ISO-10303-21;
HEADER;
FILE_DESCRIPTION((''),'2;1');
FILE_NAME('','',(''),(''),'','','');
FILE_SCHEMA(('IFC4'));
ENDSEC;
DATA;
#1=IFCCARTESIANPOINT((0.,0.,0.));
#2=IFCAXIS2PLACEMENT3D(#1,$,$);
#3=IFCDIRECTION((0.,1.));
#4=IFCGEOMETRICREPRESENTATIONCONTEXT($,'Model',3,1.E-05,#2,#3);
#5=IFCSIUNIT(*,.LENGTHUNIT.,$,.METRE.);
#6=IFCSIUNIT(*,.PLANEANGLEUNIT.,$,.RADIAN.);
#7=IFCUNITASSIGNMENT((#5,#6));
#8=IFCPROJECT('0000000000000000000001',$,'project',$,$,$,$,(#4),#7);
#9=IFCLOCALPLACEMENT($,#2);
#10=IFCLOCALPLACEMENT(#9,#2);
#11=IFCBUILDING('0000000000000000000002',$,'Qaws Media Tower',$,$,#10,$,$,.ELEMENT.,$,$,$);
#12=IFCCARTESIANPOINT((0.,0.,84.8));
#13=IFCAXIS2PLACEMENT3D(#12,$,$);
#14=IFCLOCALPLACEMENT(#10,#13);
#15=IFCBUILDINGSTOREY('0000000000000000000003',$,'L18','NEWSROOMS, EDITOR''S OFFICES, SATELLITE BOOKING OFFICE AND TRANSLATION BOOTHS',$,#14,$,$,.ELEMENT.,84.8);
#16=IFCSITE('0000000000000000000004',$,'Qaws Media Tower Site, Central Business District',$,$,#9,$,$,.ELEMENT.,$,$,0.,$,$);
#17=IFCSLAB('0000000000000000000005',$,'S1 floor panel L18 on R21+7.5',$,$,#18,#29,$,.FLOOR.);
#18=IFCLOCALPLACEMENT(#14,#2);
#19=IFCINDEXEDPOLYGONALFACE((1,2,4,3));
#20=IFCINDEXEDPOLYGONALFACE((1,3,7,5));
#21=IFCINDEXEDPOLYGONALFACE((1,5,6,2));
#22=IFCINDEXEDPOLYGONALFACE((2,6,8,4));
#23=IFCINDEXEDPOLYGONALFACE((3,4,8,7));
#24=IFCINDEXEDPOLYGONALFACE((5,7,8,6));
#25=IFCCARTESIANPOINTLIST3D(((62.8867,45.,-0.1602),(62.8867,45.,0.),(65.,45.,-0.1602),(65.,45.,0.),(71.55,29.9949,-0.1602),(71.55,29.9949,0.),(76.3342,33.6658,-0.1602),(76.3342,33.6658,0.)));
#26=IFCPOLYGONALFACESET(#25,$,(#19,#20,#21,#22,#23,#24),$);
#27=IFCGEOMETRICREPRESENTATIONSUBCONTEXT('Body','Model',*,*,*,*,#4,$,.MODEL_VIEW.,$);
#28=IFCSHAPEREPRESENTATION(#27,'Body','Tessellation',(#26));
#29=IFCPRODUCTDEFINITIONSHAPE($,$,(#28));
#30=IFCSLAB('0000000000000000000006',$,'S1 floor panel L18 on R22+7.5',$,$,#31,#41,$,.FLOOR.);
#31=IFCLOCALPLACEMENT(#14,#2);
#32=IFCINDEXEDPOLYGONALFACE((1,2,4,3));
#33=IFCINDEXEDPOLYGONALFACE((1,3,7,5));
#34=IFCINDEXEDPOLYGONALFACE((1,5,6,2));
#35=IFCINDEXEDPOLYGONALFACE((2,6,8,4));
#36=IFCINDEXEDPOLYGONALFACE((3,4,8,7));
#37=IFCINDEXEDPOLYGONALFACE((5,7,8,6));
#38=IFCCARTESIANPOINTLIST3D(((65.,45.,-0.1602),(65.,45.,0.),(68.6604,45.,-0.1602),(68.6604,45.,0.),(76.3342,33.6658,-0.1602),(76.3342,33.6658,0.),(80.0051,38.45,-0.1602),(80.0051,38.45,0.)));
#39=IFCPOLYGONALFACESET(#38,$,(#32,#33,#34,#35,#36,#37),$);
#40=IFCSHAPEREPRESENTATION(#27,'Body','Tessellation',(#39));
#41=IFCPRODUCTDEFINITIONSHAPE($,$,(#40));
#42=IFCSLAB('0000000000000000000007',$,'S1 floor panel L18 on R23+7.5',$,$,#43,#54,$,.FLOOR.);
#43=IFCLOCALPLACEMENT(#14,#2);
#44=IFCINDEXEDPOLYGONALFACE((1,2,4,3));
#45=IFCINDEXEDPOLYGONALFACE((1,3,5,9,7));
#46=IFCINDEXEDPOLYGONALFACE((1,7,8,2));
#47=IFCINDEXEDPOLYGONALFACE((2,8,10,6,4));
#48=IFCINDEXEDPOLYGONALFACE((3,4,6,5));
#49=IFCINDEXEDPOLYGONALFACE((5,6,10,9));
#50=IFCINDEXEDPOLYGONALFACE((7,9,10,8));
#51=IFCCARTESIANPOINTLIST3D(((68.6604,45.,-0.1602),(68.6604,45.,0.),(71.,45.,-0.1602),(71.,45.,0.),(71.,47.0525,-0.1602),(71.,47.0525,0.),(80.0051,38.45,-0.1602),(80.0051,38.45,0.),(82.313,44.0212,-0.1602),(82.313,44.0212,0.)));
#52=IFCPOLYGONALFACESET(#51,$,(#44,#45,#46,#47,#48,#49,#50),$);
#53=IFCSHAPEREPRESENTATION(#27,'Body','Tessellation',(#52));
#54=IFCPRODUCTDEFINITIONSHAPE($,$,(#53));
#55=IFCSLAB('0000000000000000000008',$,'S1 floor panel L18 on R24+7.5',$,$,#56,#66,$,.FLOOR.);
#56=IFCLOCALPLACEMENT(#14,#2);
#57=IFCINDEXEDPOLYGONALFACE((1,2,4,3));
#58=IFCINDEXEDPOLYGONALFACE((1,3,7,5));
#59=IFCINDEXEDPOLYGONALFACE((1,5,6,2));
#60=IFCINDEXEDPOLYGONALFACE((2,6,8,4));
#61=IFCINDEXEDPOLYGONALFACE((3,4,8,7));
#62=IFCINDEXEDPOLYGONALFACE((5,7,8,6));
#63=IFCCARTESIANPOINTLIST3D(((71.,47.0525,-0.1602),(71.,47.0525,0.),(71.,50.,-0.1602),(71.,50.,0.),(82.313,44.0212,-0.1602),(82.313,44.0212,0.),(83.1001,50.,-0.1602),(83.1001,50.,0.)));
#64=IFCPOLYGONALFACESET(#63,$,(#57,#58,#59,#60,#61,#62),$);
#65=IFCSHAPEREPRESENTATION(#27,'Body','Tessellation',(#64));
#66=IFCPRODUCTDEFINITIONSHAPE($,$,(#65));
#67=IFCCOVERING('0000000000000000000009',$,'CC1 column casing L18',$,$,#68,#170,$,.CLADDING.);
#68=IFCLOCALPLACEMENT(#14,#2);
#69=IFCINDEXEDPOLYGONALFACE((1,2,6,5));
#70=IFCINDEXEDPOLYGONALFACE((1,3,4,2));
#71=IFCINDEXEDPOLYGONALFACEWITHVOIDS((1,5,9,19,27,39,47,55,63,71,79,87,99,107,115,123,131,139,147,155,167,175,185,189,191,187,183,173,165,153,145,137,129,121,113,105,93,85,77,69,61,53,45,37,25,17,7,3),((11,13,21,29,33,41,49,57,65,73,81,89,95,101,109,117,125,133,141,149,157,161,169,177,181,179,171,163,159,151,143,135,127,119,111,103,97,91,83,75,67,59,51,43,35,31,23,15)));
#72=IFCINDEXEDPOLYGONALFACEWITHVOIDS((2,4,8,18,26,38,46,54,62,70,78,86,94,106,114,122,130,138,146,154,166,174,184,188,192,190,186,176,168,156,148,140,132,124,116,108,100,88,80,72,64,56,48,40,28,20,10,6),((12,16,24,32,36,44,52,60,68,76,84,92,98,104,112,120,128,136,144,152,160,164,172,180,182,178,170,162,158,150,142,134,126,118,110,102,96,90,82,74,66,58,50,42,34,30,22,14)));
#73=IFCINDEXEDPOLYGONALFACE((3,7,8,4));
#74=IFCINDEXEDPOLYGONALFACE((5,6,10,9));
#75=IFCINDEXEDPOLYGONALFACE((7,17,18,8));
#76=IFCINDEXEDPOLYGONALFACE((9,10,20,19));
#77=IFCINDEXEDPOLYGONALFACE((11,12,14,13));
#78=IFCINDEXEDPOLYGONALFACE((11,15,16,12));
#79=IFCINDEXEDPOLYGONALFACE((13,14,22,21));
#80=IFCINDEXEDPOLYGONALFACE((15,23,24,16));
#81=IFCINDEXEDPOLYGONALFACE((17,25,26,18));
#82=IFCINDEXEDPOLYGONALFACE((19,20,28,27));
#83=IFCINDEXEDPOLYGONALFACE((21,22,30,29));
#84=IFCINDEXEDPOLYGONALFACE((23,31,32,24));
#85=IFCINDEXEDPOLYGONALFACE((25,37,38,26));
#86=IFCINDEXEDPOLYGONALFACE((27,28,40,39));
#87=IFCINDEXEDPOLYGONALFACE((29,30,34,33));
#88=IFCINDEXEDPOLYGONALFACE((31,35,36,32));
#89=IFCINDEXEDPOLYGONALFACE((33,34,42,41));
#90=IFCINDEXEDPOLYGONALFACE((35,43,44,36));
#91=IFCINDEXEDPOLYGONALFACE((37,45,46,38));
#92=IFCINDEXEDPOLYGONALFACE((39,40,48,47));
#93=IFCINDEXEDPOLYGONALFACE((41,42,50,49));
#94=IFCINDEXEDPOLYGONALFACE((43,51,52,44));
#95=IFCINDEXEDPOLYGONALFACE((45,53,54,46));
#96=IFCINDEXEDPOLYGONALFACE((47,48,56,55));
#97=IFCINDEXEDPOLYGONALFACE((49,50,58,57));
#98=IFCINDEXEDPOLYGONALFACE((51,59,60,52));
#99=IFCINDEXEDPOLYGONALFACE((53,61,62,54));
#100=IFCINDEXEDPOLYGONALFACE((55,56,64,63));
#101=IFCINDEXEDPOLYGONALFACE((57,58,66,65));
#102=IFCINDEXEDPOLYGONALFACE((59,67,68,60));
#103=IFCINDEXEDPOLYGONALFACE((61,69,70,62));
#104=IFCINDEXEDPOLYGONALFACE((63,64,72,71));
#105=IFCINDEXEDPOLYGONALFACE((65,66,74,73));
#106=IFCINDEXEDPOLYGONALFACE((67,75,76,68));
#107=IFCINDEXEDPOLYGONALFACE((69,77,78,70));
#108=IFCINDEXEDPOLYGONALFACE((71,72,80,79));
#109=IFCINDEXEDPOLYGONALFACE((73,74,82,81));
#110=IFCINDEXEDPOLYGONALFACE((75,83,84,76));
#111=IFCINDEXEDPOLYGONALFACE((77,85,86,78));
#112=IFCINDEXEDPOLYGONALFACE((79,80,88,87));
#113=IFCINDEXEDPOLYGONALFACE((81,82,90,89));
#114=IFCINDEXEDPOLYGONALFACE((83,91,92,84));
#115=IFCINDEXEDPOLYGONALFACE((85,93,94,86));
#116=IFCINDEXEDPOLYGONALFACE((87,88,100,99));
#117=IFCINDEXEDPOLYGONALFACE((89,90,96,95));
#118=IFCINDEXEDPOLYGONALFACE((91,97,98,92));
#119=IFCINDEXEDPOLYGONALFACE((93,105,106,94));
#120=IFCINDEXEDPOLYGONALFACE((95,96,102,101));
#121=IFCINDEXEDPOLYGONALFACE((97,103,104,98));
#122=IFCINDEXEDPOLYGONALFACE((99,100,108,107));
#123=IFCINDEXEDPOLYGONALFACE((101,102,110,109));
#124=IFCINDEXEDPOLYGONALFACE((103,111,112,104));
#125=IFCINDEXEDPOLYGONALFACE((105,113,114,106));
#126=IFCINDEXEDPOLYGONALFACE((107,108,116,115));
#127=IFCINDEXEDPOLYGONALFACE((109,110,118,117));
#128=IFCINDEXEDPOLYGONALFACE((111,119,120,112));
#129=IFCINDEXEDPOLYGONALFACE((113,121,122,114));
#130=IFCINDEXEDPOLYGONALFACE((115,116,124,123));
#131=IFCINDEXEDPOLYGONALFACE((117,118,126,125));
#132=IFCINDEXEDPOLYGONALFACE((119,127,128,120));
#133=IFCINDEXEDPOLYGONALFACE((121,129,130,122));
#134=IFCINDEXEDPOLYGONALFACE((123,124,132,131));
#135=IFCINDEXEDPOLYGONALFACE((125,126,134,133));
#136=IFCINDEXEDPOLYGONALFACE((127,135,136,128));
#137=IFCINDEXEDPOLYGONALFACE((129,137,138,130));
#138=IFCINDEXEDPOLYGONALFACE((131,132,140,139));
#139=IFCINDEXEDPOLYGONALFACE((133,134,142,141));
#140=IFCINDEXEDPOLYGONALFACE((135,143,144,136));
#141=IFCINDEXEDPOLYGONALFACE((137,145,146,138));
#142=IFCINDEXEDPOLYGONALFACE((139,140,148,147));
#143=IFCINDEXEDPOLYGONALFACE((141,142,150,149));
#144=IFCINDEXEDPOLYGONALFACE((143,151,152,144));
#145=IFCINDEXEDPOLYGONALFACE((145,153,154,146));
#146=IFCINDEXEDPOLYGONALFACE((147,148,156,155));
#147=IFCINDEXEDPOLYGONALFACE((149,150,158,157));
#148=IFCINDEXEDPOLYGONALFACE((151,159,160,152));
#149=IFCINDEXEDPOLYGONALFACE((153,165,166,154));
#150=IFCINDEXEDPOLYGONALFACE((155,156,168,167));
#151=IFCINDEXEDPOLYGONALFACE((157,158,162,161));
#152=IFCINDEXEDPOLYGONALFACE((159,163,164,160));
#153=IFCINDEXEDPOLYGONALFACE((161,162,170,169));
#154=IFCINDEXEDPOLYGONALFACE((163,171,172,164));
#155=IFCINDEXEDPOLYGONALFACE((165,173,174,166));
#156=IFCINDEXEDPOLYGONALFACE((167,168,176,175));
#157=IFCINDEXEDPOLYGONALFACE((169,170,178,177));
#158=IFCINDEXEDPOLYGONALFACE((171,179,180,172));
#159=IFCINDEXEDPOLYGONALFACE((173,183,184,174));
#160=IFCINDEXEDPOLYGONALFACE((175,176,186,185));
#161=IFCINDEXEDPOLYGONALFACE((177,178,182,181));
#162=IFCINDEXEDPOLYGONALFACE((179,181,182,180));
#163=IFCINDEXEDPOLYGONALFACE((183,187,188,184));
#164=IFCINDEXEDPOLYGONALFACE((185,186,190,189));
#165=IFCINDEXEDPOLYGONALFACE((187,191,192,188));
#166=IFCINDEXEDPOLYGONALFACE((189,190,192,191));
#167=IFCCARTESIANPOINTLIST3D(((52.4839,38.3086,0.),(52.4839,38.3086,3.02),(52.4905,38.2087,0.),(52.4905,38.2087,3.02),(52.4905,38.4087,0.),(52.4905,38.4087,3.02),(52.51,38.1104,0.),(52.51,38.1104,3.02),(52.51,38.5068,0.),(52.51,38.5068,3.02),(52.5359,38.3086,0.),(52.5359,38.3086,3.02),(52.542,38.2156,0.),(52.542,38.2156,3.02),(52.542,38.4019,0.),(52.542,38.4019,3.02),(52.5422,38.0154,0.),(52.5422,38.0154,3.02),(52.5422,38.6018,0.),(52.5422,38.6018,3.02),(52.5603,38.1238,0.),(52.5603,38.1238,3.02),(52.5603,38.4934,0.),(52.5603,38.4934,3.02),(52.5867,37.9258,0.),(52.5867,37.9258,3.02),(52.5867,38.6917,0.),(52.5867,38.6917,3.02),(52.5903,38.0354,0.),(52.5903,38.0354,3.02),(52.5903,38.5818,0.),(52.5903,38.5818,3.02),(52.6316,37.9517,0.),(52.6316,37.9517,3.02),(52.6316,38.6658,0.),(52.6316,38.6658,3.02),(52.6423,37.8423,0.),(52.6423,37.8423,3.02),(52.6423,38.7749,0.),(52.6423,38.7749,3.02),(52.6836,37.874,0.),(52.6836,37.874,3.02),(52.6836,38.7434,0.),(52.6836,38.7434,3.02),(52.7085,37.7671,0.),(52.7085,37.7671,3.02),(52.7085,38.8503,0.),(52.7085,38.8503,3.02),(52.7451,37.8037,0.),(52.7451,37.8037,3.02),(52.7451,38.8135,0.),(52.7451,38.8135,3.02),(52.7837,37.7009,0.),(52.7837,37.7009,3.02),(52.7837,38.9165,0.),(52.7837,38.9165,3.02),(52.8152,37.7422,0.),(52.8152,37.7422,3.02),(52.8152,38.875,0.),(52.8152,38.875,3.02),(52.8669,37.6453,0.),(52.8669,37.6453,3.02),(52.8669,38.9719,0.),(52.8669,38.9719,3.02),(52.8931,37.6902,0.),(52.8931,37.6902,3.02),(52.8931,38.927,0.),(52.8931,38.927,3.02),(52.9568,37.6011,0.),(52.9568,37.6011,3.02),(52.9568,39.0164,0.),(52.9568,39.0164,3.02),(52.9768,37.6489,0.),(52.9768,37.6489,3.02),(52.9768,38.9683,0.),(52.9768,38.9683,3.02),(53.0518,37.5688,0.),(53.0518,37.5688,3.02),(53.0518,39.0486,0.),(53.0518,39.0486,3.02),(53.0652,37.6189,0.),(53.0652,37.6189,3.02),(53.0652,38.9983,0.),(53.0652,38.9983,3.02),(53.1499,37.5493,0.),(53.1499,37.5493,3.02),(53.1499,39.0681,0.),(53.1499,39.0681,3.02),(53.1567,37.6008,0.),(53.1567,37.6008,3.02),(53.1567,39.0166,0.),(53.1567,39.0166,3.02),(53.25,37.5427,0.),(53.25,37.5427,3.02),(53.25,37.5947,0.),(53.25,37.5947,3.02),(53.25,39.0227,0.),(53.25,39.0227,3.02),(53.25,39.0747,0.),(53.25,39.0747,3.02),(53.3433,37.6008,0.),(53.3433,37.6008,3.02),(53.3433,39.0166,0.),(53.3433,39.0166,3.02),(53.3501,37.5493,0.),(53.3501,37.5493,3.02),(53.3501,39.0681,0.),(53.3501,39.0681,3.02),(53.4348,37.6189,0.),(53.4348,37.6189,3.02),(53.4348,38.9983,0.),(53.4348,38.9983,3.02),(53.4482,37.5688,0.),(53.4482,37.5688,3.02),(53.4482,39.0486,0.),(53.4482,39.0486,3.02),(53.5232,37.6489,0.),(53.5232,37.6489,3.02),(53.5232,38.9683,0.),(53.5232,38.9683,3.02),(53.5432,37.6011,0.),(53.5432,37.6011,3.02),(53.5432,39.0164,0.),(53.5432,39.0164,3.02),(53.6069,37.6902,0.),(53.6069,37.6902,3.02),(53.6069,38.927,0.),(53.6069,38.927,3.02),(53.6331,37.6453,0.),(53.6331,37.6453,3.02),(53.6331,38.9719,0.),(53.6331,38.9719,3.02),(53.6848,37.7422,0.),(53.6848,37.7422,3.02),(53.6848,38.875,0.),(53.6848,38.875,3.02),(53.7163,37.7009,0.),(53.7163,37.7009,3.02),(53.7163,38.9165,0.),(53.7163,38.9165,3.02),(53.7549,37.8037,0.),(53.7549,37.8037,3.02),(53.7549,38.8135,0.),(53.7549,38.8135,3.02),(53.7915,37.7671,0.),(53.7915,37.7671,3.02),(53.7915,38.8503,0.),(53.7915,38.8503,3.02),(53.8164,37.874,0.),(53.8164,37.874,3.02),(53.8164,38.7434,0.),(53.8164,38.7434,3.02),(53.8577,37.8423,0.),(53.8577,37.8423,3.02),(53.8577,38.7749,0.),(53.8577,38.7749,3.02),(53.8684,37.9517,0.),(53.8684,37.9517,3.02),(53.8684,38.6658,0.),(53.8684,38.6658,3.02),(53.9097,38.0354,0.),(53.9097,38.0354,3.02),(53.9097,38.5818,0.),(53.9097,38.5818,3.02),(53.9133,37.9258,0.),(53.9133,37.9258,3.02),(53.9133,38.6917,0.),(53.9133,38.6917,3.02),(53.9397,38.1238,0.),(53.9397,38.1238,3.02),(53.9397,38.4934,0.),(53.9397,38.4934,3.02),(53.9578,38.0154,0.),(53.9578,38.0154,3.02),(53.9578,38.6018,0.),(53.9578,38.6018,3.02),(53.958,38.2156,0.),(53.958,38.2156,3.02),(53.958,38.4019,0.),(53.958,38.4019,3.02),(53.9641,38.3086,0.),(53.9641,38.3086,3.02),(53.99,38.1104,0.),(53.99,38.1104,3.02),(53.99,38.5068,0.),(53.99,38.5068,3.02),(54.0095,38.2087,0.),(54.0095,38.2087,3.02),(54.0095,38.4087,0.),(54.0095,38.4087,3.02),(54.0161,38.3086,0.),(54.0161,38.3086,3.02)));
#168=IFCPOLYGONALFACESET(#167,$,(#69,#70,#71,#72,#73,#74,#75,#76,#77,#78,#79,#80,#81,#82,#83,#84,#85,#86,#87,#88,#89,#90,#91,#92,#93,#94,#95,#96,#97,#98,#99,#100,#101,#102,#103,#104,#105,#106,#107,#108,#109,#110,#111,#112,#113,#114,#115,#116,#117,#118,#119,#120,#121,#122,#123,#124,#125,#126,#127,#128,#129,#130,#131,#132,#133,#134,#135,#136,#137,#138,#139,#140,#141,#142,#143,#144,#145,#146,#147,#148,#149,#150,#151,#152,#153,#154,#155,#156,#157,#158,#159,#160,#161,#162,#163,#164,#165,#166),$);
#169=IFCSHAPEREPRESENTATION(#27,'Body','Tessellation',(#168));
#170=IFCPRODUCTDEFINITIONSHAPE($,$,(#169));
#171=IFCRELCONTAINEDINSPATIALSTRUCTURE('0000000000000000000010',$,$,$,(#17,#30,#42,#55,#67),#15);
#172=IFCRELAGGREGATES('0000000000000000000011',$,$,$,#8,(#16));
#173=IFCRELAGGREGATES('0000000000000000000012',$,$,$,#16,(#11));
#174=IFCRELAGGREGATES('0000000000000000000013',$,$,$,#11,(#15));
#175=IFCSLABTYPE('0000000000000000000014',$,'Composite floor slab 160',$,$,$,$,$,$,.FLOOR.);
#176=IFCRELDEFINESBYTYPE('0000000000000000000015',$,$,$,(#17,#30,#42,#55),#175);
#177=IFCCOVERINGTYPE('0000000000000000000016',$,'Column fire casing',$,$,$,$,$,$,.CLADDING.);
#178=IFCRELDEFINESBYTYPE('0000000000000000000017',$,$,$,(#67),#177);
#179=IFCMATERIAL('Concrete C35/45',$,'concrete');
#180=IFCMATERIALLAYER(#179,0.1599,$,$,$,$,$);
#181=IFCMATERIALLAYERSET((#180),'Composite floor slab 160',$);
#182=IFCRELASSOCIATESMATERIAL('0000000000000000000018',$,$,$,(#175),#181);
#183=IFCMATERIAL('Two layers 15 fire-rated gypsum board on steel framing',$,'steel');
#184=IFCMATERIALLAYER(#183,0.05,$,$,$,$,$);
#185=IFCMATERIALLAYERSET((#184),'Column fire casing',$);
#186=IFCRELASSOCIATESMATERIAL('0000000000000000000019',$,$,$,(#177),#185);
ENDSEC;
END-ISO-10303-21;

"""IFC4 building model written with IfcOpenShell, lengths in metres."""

from ifc_helpers import new_model, si_unit, direction, frame, origin, place, context, subcontext, project, spatial, polyline, outline, extrude, material, layer, layer_set, type_object, element, save


model = new_model("IFC4")

# Units and contexts
model_context = context("Model", 3, precision=1e-05, world=origin(), true_north=direction((0.0, 1.0)))
body_context = subcontext(model_context, "Body", "Model", "MODEL_VIEW")
ifc_project = project(units=[si_unit("LENGTHUNIT", "METRE"), si_unit("PLANEANGLEUNIT", "RADIAN")], contexts=[model_context])

# Site, building, storey
site_placement = place(None, origin())
site = spatial("IfcSite", under=ifc_project, at=site_placement, Name="Qaws Media Tower Site, Central Business District", CompositionType="ELEMENT", RefElevation=0.0)
building_placement = place(site_placement, origin())
building = spatial("IfcBuilding", under=site, at=building_placement, Name="Qaws Media Tower", CompositionType="ELEMENT")
storey_placement = place(building_placement, frame((0.0, 0.0, 84.8)))
storey = spatial("IfcBuildingStorey", under=building, at=storey_placement, Name="L18", Description="NEWSROOMS, EDITOR'S OFFICES, SATELLITE BOOKING OFFICE AND TRANSLATION BOOTHS", CompositionType="ELEMENT", Elevation=84.8)

# Slabs
ifc_material_1 = material(Name="Concrete C35/45", Category="concrete")
ifc_layer_1 = layer(ifc_material_1, 0.1599)
ifc_layer_set_1 = layer_set([ifc_layer_1], Name="Composite floor slab 160")
slab_type_1 = type_object("IfcSlabType", Name="Composite floor slab 160", PredefinedType="FLOOR", material=ifc_layer_set_1)
slab_1_placement = place(storey_placement, frame((0.0, 0.0, -0.1602)))
element("IfcSlab", 1, at=slab_1_placement, inside=storey, type_object=slab_type_1, Name="S1 floor panel L18 on R21+7.5", PredefinedType="FLOOR", context=body_context, shape_type="SweptSolid", body=[
    extrude(outline(polyline([(76.3342, 33.6658), (71.55, 29.9949), (62.8867, 45.0), (65.0, 45.0), (76.3342, 33.6658)])), origin(), (0.0, 0.0, 1.0), 0.1602),
])
slab_2_placement = place(storey_placement, frame((0.0, 0.0, -0.1602)))
element("IfcSlab", 2, at=slab_2_placement, inside=storey, type_object=slab_type_1, Name="S1 floor panel L18 on R22+7.5", PredefinedType="FLOOR", context=body_context, shape_type="SweptSolid", body=[
    extrude(outline(polyline([(76.3342, 33.6658), (65.0, 45.0), (68.6604, 45.0), (80.0051, 38.45), (76.3342, 33.6658)])), origin(), (0.0, 0.0, 1.0), 0.1602),
])
slab_3_placement = place(storey_placement, frame((0.0, 0.0, -0.1602)))
element("IfcSlab", 3, at=slab_3_placement, inside=storey, type_object=slab_type_1, Name="S1 floor panel L18 on R23+7.5", PredefinedType="FLOOR", context=body_context, shape_type="SweptSolid", body=[
    extrude(outline(polyline([(82.313, 44.0212), (80.0051, 38.45), (68.6604, 45.0), (71.0, 45.0), (71.0, 47.0525), (82.313, 44.0212)])), origin(), (0.0, 0.0, 1.0), 0.1602),
])
slab_4_placement = place(storey_placement, frame((0.0, 0.0, -0.1602)))
element("IfcSlab", 4, at=slab_4_placement, inside=storey, type_object=slab_type_1, Name="S1 floor panel L18 on R24+7.5", PredefinedType="FLOOR", context=body_context, shape_type="SweptSolid", body=[
    extrude(outline(polyline([(82.313, 44.0212), (71.0, 47.0525), (71.0, 50.0), (83.1001, 50.0), (82.313, 44.0212)])), origin(), (0.0, 0.0, 1.0), 0.1602),
])

# Covering
ifc_material_2 = material(Name="Two layers 15 fire-rated gypsum board on steel framing", Category="steel")
ifc_layer_2 = layer(ifc_material_2, 0.05)
ifc_layer_set_2 = layer_set([ifc_layer_2], Name="Column fire casing")
covering_type = type_object("IfcCoveringType", Name="Column fire casing", PredefinedType="CLADDING", material=ifc_layer_set_2)
covering_placement = place(storey_placement, origin())
element("IfcCovering", 5, at=covering_placement, inside=storey, type_object=covering_type, Name="CC1 column casing L18", PredefinedType="CLADDING", context=body_context, shape_type="SweptSolid", body=[
    extrude(outline(polyline([(54.0161, 38.3086), (54.0095, 38.2087), (53.99, 38.1104), (53.9578, 38.0154), (53.9133, 37.9258), (53.8577, 37.8423), (53.7915, 37.7671), (53.7163, 37.7009), (53.6331, 37.6453), (53.5432, 37.6011), (53.4482, 37.5688), (53.3501, 37.5493), (53.25, 37.5427), (53.1499, 37.5493), (53.0518, 37.5688), (52.9568, 37.6011), (52.8669, 37.6453), (52.7837, 37.7009), (52.7085, 37.7671), (52.6423, 37.8423), (52.5867, 37.9258), (52.5422, 38.0154), (52.51, 38.1104), (52.4905, 38.2087), (52.4839, 38.3086), (52.4905, 38.4087), (52.51, 38.5068), (52.5422, 38.6018), (52.5867, 38.6917), (52.6423, 38.7749), (52.7085, 38.8503), (52.7837, 38.9165), (52.8669, 38.9719), (52.9568, 39.0164), (53.0518, 39.0486), (53.1499, 39.0681), (53.25, 39.0747), (53.3501, 39.0681), (53.4482, 39.0486), (53.5432, 39.0164), (53.6331, 38.9719), (53.7163, 38.9165), (53.7915, 38.8503), (53.8577, 38.7749), (53.9133, 38.6917), (53.9578, 38.6018), (53.99, 38.5068), (54.0095, 38.4087), (54.0161, 38.3086)]), holes=[polyline([(53.9641, 38.3086), (53.958, 38.2156), (53.9397, 38.1238), (53.9097, 38.0354), (53.8684, 37.9517), (53.8164, 37.874), (53.7549, 37.8037), (53.6848, 37.7422), (53.6069, 37.6902), (53.5232, 37.6489), (53.4348, 37.6189), (53.3433, 37.6008), (53.25, 37.5947), (53.1567, 37.6008), (53.0652, 37.6189), (52.9768, 37.6489), (52.8931, 37.6902), (52.8152, 37.7422), (52.7451, 37.8037), (52.6836, 37.874), (52.6316, 37.9517), (52.5903, 38.0354), (52.5603, 38.1238), (52.542, 38.2156), (52.5359, 38.3086), (52.542, 38.4019), (52.5603, 38.4934), (52.5903, 38.5818), (52.6316, 38.6658), (52.6836, 38.7434), (52.7451, 38.8135), (52.8152, 38.875), (52.8931, 38.927), (52.9768, 38.9683), (53.0652, 38.9983), (53.1567, 39.0166), (53.25, 39.0227), (53.3433, 39.0166), (53.4348, 38.9983), (53.5232, 38.9683), (53.6069, 38.927), (53.6848, 38.875), (53.7549, 38.8135), (53.8164, 38.7434), (53.8684, 38.6658), (53.9097, 38.5818), (53.9397, 38.4934), (53.958, 38.4019), (53.9641, 38.3086)])]), origin(), (0.0, 0.0, 1.0), 3.02),
])

save(model, "model.ifc")
